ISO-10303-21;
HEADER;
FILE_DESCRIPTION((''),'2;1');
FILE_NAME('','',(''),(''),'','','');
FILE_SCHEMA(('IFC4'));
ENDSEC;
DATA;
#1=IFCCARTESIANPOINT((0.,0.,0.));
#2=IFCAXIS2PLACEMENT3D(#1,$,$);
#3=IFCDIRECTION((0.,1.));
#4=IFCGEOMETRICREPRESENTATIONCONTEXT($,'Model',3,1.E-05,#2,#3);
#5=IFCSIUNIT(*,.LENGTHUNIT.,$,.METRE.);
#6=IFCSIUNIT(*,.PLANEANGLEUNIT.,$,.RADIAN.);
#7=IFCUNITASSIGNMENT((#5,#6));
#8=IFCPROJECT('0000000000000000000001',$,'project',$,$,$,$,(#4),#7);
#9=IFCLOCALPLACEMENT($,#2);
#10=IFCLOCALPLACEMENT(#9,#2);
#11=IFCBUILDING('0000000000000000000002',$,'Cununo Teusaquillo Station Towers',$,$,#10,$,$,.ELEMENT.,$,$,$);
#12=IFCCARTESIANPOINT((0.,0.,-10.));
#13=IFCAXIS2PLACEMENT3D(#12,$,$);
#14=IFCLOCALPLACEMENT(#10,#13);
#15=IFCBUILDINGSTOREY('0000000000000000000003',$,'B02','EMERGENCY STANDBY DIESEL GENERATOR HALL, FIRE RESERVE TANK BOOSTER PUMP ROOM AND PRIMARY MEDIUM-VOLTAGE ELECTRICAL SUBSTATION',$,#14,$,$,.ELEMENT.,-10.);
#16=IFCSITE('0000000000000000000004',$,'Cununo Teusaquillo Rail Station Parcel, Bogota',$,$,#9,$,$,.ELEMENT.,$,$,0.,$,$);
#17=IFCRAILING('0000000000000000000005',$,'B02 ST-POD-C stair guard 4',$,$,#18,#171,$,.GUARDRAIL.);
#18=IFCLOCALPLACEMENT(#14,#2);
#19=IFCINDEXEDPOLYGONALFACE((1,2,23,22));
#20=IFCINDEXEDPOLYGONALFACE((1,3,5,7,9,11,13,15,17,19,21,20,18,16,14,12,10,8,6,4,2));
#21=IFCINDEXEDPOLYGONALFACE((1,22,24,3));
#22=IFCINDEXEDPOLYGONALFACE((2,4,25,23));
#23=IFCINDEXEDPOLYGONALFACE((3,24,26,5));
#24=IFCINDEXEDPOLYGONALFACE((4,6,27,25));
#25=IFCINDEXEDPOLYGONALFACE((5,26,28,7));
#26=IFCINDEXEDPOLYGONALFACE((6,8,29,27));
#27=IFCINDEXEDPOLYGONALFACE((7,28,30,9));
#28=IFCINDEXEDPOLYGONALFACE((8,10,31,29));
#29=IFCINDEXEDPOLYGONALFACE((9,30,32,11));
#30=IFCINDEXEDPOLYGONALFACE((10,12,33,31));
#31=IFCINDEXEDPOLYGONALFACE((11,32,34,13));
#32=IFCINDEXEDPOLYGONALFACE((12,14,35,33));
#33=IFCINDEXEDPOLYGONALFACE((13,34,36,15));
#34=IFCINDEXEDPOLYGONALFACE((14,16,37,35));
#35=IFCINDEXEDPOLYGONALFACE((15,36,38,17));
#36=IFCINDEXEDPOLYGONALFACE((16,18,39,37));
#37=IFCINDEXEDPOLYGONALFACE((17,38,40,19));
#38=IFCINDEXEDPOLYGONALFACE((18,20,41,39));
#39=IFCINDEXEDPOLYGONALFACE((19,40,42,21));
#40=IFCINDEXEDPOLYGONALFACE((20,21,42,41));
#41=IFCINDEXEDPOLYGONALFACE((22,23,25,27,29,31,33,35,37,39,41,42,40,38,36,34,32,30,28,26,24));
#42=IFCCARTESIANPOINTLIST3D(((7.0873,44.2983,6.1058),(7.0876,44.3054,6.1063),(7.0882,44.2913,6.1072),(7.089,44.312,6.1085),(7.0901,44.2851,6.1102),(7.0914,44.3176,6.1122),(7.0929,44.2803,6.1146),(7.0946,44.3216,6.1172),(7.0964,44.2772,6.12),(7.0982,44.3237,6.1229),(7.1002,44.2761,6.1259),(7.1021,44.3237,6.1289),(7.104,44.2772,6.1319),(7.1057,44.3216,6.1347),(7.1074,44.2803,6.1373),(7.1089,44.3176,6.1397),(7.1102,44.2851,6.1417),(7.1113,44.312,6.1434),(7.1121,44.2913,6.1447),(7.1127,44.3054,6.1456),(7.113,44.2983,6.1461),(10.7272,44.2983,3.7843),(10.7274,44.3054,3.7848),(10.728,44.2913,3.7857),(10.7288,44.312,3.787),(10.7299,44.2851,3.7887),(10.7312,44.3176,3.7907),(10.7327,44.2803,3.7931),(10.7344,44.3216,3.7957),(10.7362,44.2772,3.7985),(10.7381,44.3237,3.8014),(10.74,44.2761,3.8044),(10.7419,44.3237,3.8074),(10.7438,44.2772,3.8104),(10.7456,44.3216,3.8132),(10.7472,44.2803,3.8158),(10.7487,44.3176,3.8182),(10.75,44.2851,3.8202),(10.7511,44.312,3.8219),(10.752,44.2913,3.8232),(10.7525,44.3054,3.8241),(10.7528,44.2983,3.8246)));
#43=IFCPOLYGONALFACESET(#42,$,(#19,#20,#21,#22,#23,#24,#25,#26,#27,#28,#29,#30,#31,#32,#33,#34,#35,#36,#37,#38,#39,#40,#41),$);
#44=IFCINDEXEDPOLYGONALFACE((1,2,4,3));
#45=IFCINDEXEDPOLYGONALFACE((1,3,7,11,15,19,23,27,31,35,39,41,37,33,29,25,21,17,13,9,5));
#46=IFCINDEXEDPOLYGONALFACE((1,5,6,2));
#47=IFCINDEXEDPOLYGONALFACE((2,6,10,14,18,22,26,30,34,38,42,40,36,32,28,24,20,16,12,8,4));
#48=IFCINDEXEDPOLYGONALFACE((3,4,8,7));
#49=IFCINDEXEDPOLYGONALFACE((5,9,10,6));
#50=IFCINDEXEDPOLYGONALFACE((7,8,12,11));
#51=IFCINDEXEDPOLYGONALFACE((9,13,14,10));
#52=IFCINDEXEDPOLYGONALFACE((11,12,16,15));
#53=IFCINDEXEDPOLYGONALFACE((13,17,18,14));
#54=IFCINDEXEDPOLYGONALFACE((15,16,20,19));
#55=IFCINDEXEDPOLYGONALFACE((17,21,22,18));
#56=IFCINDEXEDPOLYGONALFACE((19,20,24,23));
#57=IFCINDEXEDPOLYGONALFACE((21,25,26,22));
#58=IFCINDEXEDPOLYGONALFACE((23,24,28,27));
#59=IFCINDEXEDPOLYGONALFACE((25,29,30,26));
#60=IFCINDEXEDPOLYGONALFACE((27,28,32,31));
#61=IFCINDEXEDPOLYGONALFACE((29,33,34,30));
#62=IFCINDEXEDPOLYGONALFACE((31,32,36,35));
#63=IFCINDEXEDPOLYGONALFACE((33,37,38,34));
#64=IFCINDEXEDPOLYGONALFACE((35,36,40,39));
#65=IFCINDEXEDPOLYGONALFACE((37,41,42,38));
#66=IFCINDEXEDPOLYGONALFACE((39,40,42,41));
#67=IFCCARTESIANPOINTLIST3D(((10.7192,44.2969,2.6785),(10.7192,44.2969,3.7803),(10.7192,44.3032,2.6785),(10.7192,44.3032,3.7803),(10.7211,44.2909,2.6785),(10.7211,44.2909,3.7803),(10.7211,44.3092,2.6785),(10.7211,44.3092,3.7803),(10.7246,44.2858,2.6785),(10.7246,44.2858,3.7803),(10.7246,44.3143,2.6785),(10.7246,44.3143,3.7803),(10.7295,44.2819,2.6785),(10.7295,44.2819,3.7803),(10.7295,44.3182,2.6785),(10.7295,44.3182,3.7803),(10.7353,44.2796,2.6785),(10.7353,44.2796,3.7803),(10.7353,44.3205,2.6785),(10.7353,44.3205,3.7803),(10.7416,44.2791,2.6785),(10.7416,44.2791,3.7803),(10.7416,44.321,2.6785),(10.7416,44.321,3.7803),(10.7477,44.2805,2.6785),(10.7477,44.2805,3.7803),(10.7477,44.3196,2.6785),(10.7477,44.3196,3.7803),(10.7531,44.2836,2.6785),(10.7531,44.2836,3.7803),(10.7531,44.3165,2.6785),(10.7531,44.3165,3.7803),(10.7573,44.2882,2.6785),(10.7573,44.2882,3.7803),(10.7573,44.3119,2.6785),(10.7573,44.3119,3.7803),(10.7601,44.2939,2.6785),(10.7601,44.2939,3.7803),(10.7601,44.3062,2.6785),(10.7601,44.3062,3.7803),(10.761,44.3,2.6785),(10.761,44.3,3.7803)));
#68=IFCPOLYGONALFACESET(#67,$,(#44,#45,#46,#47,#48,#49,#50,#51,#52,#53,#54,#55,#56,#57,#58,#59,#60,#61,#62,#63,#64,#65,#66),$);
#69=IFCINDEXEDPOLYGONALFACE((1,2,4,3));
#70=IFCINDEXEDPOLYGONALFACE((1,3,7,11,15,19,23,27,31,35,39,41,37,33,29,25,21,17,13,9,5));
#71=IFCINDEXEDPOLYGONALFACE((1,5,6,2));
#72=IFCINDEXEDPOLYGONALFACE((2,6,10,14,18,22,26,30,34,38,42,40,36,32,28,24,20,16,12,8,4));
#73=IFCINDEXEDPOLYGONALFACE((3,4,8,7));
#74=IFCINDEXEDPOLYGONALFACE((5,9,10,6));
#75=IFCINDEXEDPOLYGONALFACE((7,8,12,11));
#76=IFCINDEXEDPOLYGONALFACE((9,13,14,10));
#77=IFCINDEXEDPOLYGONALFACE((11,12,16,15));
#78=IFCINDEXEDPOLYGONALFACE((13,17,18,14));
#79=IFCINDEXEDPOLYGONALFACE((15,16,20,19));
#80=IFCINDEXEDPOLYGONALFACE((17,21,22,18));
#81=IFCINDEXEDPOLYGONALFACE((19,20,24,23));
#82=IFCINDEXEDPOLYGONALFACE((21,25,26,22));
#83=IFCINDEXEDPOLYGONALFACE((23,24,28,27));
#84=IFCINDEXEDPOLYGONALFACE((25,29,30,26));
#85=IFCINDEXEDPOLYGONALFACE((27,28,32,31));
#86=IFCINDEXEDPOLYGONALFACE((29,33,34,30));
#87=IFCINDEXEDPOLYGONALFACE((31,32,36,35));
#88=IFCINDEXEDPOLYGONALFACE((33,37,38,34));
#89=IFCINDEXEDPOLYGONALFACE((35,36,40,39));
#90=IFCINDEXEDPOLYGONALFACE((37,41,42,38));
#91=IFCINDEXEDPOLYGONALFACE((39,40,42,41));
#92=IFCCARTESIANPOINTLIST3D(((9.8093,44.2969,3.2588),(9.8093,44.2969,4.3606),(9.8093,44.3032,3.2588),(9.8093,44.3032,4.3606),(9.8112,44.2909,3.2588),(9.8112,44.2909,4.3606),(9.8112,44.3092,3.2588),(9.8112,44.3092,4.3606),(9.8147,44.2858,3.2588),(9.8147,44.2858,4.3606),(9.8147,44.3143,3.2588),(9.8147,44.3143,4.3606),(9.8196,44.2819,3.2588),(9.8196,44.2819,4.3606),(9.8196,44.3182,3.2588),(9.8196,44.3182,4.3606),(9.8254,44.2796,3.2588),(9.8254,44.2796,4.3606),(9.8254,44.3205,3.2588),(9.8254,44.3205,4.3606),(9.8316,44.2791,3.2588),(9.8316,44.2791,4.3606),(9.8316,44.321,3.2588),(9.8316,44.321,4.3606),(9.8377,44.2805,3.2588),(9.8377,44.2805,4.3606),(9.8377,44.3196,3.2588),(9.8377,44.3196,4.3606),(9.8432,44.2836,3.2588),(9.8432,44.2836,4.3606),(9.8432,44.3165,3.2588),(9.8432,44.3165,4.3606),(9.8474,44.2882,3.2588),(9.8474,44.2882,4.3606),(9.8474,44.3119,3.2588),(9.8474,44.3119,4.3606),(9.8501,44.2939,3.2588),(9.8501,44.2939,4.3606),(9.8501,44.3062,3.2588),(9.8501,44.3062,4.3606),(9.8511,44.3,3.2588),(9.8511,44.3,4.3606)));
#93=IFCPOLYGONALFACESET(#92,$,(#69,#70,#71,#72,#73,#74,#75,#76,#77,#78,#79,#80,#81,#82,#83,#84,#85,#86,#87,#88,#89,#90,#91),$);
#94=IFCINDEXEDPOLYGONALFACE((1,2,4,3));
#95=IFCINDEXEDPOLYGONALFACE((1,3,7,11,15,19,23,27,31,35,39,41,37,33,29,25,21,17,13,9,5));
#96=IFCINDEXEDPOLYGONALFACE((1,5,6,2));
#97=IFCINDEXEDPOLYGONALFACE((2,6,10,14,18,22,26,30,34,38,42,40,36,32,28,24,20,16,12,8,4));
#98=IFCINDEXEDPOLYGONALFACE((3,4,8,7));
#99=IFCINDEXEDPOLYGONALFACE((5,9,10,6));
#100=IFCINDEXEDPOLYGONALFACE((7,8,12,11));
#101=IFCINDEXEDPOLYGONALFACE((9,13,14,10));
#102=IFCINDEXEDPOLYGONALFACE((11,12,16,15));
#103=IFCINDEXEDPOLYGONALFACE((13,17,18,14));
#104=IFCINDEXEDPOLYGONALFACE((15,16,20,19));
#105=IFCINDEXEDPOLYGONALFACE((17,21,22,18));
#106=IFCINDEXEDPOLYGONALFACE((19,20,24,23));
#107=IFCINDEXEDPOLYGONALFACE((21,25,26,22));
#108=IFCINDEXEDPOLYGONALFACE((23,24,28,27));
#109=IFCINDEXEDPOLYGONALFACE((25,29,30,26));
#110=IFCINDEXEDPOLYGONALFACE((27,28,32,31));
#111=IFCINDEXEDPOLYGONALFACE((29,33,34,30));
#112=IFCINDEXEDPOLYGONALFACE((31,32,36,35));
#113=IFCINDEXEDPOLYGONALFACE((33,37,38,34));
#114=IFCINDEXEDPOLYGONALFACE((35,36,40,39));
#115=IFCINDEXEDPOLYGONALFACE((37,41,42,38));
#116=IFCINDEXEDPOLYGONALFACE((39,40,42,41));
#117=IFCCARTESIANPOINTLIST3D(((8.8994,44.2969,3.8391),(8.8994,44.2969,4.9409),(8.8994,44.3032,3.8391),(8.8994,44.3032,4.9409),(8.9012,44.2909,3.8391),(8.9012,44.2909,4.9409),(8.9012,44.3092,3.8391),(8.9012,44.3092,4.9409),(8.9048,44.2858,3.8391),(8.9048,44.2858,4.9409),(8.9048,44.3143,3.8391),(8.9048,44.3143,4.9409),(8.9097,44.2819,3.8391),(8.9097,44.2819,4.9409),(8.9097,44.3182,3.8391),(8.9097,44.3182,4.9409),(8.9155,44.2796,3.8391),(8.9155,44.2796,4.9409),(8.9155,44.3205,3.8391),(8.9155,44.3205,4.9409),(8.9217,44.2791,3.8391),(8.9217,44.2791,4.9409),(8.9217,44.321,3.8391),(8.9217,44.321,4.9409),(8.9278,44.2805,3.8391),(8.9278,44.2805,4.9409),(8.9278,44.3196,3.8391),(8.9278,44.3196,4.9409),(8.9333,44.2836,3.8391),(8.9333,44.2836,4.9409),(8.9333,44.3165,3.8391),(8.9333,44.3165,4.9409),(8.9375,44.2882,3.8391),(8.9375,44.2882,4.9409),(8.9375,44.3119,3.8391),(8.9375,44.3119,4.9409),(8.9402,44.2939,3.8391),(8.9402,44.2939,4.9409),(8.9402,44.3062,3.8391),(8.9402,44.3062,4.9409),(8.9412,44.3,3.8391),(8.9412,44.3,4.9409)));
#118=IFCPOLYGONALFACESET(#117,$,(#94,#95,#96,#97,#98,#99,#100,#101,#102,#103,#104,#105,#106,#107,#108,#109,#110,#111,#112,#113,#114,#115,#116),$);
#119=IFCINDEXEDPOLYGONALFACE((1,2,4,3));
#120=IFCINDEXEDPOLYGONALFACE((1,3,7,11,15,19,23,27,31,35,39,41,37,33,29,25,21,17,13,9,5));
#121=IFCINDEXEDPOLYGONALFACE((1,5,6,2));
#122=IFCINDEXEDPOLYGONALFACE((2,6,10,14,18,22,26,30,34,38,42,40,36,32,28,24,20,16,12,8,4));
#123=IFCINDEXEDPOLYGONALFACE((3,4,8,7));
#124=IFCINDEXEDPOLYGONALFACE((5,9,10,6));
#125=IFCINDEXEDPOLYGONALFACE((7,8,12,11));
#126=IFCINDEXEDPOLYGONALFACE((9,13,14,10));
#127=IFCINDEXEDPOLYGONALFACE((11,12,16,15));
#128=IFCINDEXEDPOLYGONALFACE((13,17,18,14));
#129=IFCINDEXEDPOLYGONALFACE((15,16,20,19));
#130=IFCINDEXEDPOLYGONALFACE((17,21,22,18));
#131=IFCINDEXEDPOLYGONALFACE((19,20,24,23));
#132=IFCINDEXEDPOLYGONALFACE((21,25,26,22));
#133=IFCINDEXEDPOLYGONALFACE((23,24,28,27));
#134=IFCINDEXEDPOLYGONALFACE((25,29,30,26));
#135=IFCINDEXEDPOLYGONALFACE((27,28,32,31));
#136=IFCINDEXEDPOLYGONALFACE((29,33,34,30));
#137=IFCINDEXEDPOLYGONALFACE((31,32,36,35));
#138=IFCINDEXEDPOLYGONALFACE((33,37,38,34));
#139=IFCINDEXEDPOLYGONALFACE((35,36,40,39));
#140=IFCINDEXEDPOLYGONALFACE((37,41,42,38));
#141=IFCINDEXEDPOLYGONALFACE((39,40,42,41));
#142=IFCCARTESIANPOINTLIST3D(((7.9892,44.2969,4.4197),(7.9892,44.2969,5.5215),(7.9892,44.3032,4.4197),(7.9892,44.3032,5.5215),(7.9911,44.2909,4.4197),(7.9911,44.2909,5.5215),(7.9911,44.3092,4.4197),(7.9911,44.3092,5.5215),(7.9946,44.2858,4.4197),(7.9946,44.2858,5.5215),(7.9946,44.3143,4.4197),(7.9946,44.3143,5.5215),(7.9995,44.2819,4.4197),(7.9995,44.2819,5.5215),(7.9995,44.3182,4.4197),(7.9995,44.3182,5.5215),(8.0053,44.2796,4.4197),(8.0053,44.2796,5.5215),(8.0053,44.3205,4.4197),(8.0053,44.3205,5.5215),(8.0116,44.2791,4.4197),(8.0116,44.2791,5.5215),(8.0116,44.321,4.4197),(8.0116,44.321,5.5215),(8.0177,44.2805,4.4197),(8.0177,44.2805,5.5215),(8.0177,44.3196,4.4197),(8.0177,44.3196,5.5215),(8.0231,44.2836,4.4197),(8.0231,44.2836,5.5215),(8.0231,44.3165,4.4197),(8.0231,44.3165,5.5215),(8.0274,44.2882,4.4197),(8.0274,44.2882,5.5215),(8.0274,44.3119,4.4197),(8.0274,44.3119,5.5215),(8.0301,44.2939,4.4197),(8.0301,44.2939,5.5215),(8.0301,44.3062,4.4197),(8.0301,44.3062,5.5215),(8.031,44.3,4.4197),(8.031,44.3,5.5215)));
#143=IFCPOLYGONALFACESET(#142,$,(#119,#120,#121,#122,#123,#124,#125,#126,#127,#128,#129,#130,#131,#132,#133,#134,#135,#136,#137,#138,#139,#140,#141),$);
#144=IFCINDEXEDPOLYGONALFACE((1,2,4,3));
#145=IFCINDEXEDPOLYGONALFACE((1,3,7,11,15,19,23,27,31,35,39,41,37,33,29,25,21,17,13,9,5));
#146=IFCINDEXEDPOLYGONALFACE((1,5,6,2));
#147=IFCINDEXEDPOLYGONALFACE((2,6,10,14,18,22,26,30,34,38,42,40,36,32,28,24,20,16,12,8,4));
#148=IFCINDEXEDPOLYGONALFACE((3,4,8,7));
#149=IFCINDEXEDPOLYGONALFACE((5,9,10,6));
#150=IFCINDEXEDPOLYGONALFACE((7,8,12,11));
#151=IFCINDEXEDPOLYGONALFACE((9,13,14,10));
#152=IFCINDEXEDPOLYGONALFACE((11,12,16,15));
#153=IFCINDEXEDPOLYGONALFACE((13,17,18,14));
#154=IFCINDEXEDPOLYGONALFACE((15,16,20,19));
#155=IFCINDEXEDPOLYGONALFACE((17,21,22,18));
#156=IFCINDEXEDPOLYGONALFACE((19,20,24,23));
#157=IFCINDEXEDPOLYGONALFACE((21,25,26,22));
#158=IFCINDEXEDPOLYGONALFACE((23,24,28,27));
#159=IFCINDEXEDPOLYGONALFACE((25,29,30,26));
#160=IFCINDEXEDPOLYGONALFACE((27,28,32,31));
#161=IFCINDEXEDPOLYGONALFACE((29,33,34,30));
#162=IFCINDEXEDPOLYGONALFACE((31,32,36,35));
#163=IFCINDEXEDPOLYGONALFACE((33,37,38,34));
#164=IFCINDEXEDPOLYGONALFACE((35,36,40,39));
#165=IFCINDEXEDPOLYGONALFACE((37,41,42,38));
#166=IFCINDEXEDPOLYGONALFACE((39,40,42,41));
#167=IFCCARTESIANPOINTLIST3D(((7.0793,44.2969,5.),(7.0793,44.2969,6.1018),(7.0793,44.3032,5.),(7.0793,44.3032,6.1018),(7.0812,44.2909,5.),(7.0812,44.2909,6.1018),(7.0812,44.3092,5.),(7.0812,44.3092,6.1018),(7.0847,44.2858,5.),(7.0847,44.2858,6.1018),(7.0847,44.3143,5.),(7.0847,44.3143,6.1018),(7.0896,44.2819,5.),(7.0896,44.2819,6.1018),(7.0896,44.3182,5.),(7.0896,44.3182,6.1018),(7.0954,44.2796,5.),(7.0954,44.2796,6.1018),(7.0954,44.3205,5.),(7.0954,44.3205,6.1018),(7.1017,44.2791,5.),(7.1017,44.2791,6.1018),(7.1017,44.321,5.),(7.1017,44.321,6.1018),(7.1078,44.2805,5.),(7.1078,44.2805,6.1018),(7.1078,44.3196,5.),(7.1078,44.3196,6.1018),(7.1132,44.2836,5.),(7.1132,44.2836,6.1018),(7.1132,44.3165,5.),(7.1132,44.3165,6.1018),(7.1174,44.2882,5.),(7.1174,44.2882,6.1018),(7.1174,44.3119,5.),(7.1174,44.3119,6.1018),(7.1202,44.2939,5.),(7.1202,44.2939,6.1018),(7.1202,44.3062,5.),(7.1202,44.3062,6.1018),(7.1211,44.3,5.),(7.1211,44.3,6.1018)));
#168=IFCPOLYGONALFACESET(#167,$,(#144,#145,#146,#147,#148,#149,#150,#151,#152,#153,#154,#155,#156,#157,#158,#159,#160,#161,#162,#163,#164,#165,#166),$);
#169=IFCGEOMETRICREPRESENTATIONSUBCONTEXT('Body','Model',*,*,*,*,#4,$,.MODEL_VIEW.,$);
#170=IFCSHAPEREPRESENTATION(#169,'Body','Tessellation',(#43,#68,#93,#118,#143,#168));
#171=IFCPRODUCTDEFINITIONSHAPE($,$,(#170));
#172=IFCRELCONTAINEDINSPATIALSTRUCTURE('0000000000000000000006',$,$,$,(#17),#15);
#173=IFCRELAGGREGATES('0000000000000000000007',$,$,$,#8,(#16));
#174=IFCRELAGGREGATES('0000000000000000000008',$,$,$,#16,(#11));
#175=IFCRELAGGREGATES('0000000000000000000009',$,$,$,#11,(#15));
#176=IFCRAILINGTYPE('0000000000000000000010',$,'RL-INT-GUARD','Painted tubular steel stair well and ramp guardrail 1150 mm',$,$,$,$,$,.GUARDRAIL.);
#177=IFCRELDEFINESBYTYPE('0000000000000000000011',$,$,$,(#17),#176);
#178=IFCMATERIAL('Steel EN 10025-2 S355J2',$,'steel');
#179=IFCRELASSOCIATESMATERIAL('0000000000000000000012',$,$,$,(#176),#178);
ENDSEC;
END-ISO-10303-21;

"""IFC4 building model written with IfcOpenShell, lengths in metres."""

from ifc_helpers import new_model, si_unit, direction, frame, origin, origin_2d, place, context, subcontext, project, spatial, circle, extrude, material, type_object, element, save


model = new_model("IFC4")

# Units and contexts
model_context = context("Model", 3, precision=1e-05, world=origin(), true_north=direction((0.0, 1.0)))
body_context = subcontext(model_context, "Body", "Model", "MODEL_VIEW")
ifc_project = project(units=[si_unit("LENGTHUNIT", "METRE"), si_unit("PLANEANGLEUNIT", "RADIAN")], contexts=[model_context])

# Site, building, storey
site_placement = place(None, origin())
site = spatial("IfcSite", under=ifc_project, at=site_placement, Name="Cununo Teusaquillo Rail Station Parcel, Bogota", CompositionType="ELEMENT", RefElevation=0.0)
building_placement = place(site_placement, origin())
building = spatial("IfcBuilding", under=site, at=building_placement, Name="Cununo Teusaquillo Station Towers", CompositionType="ELEMENT")
storey_placement = place(building_placement, frame((0.0, 0.0, -10.0)))
storey = spatial("IfcBuildingStorey", under=building, at=storey_placement, Name="B02", Description="EMERGENCY STANDBY DIESEL GENERATOR HALL, FIRE RESERVE TANK BOOSTER PUMP ROOM AND PRIMARY MEDIUM-VOLTAGE ELECTRICAL SUBSTATION", CompositionType="ELEMENT", Elevation=-10.0)

# Railing
ifc_material_1 = material(Name="Steel EN 10025-2 S355J2", Category="steel")
railing_type_1 = type_object("IfcRailingType", Name="RL-INT-GUARD", Description="Painted tubular steel stair well and ramp guardrail 1150 mm", PredefinedType="GUARDRAIL", material=ifc_material_1)
railing_1_placement = place(storey_placement, frame((10.74, 44.3, 2.6785)))
element("IfcRailing", 1, at=railing_1_placement, inside=storey, type_object=railing_type_1, Name="B02 ST-POD-C stair guard 4", PredefinedType="GUARDRAIL", context=body_context, shape_type="SweptSolid", body=[
    extrude(circle(Radius=0.0239, at=origin_2d()), frame((0.0, 0.0, 1.126), z_axis=(-0.843112, 0.0, 0.537739), x_axis=(0.0, -1.0, 0.0)), (0.0, 0.0, 1.0), 4.3171),
    extrude(circle(Radius=0.021, at=origin_2d()), origin(), (0.0, 0.0, 1.0), 1.1018),
    extrude(circle(Radius=0.021, at=origin_2d()), frame((-0.9099, 0.0, 0.5803)), (0.0, 0.0, 1.0), 1.1018),
    extrude(circle(Radius=0.021, at=origin_2d()), frame((-1.8198, 0.0, 1.1606)), (0.0, 0.0, 1.0), 1.1018),
    extrude(circle(Radius=0.021, at=origin_2d()), frame((-2.73, 0.0, 1.7412)), (0.0, 0.0, 1.0), 1.1018),
    extrude(circle(Radius=0.021, at=origin_2d()), frame((-3.6399, 0.0, 2.3215)), (0.0, 0.0, 1.0), 1.1018),
])

save(model, "model.ifc")
